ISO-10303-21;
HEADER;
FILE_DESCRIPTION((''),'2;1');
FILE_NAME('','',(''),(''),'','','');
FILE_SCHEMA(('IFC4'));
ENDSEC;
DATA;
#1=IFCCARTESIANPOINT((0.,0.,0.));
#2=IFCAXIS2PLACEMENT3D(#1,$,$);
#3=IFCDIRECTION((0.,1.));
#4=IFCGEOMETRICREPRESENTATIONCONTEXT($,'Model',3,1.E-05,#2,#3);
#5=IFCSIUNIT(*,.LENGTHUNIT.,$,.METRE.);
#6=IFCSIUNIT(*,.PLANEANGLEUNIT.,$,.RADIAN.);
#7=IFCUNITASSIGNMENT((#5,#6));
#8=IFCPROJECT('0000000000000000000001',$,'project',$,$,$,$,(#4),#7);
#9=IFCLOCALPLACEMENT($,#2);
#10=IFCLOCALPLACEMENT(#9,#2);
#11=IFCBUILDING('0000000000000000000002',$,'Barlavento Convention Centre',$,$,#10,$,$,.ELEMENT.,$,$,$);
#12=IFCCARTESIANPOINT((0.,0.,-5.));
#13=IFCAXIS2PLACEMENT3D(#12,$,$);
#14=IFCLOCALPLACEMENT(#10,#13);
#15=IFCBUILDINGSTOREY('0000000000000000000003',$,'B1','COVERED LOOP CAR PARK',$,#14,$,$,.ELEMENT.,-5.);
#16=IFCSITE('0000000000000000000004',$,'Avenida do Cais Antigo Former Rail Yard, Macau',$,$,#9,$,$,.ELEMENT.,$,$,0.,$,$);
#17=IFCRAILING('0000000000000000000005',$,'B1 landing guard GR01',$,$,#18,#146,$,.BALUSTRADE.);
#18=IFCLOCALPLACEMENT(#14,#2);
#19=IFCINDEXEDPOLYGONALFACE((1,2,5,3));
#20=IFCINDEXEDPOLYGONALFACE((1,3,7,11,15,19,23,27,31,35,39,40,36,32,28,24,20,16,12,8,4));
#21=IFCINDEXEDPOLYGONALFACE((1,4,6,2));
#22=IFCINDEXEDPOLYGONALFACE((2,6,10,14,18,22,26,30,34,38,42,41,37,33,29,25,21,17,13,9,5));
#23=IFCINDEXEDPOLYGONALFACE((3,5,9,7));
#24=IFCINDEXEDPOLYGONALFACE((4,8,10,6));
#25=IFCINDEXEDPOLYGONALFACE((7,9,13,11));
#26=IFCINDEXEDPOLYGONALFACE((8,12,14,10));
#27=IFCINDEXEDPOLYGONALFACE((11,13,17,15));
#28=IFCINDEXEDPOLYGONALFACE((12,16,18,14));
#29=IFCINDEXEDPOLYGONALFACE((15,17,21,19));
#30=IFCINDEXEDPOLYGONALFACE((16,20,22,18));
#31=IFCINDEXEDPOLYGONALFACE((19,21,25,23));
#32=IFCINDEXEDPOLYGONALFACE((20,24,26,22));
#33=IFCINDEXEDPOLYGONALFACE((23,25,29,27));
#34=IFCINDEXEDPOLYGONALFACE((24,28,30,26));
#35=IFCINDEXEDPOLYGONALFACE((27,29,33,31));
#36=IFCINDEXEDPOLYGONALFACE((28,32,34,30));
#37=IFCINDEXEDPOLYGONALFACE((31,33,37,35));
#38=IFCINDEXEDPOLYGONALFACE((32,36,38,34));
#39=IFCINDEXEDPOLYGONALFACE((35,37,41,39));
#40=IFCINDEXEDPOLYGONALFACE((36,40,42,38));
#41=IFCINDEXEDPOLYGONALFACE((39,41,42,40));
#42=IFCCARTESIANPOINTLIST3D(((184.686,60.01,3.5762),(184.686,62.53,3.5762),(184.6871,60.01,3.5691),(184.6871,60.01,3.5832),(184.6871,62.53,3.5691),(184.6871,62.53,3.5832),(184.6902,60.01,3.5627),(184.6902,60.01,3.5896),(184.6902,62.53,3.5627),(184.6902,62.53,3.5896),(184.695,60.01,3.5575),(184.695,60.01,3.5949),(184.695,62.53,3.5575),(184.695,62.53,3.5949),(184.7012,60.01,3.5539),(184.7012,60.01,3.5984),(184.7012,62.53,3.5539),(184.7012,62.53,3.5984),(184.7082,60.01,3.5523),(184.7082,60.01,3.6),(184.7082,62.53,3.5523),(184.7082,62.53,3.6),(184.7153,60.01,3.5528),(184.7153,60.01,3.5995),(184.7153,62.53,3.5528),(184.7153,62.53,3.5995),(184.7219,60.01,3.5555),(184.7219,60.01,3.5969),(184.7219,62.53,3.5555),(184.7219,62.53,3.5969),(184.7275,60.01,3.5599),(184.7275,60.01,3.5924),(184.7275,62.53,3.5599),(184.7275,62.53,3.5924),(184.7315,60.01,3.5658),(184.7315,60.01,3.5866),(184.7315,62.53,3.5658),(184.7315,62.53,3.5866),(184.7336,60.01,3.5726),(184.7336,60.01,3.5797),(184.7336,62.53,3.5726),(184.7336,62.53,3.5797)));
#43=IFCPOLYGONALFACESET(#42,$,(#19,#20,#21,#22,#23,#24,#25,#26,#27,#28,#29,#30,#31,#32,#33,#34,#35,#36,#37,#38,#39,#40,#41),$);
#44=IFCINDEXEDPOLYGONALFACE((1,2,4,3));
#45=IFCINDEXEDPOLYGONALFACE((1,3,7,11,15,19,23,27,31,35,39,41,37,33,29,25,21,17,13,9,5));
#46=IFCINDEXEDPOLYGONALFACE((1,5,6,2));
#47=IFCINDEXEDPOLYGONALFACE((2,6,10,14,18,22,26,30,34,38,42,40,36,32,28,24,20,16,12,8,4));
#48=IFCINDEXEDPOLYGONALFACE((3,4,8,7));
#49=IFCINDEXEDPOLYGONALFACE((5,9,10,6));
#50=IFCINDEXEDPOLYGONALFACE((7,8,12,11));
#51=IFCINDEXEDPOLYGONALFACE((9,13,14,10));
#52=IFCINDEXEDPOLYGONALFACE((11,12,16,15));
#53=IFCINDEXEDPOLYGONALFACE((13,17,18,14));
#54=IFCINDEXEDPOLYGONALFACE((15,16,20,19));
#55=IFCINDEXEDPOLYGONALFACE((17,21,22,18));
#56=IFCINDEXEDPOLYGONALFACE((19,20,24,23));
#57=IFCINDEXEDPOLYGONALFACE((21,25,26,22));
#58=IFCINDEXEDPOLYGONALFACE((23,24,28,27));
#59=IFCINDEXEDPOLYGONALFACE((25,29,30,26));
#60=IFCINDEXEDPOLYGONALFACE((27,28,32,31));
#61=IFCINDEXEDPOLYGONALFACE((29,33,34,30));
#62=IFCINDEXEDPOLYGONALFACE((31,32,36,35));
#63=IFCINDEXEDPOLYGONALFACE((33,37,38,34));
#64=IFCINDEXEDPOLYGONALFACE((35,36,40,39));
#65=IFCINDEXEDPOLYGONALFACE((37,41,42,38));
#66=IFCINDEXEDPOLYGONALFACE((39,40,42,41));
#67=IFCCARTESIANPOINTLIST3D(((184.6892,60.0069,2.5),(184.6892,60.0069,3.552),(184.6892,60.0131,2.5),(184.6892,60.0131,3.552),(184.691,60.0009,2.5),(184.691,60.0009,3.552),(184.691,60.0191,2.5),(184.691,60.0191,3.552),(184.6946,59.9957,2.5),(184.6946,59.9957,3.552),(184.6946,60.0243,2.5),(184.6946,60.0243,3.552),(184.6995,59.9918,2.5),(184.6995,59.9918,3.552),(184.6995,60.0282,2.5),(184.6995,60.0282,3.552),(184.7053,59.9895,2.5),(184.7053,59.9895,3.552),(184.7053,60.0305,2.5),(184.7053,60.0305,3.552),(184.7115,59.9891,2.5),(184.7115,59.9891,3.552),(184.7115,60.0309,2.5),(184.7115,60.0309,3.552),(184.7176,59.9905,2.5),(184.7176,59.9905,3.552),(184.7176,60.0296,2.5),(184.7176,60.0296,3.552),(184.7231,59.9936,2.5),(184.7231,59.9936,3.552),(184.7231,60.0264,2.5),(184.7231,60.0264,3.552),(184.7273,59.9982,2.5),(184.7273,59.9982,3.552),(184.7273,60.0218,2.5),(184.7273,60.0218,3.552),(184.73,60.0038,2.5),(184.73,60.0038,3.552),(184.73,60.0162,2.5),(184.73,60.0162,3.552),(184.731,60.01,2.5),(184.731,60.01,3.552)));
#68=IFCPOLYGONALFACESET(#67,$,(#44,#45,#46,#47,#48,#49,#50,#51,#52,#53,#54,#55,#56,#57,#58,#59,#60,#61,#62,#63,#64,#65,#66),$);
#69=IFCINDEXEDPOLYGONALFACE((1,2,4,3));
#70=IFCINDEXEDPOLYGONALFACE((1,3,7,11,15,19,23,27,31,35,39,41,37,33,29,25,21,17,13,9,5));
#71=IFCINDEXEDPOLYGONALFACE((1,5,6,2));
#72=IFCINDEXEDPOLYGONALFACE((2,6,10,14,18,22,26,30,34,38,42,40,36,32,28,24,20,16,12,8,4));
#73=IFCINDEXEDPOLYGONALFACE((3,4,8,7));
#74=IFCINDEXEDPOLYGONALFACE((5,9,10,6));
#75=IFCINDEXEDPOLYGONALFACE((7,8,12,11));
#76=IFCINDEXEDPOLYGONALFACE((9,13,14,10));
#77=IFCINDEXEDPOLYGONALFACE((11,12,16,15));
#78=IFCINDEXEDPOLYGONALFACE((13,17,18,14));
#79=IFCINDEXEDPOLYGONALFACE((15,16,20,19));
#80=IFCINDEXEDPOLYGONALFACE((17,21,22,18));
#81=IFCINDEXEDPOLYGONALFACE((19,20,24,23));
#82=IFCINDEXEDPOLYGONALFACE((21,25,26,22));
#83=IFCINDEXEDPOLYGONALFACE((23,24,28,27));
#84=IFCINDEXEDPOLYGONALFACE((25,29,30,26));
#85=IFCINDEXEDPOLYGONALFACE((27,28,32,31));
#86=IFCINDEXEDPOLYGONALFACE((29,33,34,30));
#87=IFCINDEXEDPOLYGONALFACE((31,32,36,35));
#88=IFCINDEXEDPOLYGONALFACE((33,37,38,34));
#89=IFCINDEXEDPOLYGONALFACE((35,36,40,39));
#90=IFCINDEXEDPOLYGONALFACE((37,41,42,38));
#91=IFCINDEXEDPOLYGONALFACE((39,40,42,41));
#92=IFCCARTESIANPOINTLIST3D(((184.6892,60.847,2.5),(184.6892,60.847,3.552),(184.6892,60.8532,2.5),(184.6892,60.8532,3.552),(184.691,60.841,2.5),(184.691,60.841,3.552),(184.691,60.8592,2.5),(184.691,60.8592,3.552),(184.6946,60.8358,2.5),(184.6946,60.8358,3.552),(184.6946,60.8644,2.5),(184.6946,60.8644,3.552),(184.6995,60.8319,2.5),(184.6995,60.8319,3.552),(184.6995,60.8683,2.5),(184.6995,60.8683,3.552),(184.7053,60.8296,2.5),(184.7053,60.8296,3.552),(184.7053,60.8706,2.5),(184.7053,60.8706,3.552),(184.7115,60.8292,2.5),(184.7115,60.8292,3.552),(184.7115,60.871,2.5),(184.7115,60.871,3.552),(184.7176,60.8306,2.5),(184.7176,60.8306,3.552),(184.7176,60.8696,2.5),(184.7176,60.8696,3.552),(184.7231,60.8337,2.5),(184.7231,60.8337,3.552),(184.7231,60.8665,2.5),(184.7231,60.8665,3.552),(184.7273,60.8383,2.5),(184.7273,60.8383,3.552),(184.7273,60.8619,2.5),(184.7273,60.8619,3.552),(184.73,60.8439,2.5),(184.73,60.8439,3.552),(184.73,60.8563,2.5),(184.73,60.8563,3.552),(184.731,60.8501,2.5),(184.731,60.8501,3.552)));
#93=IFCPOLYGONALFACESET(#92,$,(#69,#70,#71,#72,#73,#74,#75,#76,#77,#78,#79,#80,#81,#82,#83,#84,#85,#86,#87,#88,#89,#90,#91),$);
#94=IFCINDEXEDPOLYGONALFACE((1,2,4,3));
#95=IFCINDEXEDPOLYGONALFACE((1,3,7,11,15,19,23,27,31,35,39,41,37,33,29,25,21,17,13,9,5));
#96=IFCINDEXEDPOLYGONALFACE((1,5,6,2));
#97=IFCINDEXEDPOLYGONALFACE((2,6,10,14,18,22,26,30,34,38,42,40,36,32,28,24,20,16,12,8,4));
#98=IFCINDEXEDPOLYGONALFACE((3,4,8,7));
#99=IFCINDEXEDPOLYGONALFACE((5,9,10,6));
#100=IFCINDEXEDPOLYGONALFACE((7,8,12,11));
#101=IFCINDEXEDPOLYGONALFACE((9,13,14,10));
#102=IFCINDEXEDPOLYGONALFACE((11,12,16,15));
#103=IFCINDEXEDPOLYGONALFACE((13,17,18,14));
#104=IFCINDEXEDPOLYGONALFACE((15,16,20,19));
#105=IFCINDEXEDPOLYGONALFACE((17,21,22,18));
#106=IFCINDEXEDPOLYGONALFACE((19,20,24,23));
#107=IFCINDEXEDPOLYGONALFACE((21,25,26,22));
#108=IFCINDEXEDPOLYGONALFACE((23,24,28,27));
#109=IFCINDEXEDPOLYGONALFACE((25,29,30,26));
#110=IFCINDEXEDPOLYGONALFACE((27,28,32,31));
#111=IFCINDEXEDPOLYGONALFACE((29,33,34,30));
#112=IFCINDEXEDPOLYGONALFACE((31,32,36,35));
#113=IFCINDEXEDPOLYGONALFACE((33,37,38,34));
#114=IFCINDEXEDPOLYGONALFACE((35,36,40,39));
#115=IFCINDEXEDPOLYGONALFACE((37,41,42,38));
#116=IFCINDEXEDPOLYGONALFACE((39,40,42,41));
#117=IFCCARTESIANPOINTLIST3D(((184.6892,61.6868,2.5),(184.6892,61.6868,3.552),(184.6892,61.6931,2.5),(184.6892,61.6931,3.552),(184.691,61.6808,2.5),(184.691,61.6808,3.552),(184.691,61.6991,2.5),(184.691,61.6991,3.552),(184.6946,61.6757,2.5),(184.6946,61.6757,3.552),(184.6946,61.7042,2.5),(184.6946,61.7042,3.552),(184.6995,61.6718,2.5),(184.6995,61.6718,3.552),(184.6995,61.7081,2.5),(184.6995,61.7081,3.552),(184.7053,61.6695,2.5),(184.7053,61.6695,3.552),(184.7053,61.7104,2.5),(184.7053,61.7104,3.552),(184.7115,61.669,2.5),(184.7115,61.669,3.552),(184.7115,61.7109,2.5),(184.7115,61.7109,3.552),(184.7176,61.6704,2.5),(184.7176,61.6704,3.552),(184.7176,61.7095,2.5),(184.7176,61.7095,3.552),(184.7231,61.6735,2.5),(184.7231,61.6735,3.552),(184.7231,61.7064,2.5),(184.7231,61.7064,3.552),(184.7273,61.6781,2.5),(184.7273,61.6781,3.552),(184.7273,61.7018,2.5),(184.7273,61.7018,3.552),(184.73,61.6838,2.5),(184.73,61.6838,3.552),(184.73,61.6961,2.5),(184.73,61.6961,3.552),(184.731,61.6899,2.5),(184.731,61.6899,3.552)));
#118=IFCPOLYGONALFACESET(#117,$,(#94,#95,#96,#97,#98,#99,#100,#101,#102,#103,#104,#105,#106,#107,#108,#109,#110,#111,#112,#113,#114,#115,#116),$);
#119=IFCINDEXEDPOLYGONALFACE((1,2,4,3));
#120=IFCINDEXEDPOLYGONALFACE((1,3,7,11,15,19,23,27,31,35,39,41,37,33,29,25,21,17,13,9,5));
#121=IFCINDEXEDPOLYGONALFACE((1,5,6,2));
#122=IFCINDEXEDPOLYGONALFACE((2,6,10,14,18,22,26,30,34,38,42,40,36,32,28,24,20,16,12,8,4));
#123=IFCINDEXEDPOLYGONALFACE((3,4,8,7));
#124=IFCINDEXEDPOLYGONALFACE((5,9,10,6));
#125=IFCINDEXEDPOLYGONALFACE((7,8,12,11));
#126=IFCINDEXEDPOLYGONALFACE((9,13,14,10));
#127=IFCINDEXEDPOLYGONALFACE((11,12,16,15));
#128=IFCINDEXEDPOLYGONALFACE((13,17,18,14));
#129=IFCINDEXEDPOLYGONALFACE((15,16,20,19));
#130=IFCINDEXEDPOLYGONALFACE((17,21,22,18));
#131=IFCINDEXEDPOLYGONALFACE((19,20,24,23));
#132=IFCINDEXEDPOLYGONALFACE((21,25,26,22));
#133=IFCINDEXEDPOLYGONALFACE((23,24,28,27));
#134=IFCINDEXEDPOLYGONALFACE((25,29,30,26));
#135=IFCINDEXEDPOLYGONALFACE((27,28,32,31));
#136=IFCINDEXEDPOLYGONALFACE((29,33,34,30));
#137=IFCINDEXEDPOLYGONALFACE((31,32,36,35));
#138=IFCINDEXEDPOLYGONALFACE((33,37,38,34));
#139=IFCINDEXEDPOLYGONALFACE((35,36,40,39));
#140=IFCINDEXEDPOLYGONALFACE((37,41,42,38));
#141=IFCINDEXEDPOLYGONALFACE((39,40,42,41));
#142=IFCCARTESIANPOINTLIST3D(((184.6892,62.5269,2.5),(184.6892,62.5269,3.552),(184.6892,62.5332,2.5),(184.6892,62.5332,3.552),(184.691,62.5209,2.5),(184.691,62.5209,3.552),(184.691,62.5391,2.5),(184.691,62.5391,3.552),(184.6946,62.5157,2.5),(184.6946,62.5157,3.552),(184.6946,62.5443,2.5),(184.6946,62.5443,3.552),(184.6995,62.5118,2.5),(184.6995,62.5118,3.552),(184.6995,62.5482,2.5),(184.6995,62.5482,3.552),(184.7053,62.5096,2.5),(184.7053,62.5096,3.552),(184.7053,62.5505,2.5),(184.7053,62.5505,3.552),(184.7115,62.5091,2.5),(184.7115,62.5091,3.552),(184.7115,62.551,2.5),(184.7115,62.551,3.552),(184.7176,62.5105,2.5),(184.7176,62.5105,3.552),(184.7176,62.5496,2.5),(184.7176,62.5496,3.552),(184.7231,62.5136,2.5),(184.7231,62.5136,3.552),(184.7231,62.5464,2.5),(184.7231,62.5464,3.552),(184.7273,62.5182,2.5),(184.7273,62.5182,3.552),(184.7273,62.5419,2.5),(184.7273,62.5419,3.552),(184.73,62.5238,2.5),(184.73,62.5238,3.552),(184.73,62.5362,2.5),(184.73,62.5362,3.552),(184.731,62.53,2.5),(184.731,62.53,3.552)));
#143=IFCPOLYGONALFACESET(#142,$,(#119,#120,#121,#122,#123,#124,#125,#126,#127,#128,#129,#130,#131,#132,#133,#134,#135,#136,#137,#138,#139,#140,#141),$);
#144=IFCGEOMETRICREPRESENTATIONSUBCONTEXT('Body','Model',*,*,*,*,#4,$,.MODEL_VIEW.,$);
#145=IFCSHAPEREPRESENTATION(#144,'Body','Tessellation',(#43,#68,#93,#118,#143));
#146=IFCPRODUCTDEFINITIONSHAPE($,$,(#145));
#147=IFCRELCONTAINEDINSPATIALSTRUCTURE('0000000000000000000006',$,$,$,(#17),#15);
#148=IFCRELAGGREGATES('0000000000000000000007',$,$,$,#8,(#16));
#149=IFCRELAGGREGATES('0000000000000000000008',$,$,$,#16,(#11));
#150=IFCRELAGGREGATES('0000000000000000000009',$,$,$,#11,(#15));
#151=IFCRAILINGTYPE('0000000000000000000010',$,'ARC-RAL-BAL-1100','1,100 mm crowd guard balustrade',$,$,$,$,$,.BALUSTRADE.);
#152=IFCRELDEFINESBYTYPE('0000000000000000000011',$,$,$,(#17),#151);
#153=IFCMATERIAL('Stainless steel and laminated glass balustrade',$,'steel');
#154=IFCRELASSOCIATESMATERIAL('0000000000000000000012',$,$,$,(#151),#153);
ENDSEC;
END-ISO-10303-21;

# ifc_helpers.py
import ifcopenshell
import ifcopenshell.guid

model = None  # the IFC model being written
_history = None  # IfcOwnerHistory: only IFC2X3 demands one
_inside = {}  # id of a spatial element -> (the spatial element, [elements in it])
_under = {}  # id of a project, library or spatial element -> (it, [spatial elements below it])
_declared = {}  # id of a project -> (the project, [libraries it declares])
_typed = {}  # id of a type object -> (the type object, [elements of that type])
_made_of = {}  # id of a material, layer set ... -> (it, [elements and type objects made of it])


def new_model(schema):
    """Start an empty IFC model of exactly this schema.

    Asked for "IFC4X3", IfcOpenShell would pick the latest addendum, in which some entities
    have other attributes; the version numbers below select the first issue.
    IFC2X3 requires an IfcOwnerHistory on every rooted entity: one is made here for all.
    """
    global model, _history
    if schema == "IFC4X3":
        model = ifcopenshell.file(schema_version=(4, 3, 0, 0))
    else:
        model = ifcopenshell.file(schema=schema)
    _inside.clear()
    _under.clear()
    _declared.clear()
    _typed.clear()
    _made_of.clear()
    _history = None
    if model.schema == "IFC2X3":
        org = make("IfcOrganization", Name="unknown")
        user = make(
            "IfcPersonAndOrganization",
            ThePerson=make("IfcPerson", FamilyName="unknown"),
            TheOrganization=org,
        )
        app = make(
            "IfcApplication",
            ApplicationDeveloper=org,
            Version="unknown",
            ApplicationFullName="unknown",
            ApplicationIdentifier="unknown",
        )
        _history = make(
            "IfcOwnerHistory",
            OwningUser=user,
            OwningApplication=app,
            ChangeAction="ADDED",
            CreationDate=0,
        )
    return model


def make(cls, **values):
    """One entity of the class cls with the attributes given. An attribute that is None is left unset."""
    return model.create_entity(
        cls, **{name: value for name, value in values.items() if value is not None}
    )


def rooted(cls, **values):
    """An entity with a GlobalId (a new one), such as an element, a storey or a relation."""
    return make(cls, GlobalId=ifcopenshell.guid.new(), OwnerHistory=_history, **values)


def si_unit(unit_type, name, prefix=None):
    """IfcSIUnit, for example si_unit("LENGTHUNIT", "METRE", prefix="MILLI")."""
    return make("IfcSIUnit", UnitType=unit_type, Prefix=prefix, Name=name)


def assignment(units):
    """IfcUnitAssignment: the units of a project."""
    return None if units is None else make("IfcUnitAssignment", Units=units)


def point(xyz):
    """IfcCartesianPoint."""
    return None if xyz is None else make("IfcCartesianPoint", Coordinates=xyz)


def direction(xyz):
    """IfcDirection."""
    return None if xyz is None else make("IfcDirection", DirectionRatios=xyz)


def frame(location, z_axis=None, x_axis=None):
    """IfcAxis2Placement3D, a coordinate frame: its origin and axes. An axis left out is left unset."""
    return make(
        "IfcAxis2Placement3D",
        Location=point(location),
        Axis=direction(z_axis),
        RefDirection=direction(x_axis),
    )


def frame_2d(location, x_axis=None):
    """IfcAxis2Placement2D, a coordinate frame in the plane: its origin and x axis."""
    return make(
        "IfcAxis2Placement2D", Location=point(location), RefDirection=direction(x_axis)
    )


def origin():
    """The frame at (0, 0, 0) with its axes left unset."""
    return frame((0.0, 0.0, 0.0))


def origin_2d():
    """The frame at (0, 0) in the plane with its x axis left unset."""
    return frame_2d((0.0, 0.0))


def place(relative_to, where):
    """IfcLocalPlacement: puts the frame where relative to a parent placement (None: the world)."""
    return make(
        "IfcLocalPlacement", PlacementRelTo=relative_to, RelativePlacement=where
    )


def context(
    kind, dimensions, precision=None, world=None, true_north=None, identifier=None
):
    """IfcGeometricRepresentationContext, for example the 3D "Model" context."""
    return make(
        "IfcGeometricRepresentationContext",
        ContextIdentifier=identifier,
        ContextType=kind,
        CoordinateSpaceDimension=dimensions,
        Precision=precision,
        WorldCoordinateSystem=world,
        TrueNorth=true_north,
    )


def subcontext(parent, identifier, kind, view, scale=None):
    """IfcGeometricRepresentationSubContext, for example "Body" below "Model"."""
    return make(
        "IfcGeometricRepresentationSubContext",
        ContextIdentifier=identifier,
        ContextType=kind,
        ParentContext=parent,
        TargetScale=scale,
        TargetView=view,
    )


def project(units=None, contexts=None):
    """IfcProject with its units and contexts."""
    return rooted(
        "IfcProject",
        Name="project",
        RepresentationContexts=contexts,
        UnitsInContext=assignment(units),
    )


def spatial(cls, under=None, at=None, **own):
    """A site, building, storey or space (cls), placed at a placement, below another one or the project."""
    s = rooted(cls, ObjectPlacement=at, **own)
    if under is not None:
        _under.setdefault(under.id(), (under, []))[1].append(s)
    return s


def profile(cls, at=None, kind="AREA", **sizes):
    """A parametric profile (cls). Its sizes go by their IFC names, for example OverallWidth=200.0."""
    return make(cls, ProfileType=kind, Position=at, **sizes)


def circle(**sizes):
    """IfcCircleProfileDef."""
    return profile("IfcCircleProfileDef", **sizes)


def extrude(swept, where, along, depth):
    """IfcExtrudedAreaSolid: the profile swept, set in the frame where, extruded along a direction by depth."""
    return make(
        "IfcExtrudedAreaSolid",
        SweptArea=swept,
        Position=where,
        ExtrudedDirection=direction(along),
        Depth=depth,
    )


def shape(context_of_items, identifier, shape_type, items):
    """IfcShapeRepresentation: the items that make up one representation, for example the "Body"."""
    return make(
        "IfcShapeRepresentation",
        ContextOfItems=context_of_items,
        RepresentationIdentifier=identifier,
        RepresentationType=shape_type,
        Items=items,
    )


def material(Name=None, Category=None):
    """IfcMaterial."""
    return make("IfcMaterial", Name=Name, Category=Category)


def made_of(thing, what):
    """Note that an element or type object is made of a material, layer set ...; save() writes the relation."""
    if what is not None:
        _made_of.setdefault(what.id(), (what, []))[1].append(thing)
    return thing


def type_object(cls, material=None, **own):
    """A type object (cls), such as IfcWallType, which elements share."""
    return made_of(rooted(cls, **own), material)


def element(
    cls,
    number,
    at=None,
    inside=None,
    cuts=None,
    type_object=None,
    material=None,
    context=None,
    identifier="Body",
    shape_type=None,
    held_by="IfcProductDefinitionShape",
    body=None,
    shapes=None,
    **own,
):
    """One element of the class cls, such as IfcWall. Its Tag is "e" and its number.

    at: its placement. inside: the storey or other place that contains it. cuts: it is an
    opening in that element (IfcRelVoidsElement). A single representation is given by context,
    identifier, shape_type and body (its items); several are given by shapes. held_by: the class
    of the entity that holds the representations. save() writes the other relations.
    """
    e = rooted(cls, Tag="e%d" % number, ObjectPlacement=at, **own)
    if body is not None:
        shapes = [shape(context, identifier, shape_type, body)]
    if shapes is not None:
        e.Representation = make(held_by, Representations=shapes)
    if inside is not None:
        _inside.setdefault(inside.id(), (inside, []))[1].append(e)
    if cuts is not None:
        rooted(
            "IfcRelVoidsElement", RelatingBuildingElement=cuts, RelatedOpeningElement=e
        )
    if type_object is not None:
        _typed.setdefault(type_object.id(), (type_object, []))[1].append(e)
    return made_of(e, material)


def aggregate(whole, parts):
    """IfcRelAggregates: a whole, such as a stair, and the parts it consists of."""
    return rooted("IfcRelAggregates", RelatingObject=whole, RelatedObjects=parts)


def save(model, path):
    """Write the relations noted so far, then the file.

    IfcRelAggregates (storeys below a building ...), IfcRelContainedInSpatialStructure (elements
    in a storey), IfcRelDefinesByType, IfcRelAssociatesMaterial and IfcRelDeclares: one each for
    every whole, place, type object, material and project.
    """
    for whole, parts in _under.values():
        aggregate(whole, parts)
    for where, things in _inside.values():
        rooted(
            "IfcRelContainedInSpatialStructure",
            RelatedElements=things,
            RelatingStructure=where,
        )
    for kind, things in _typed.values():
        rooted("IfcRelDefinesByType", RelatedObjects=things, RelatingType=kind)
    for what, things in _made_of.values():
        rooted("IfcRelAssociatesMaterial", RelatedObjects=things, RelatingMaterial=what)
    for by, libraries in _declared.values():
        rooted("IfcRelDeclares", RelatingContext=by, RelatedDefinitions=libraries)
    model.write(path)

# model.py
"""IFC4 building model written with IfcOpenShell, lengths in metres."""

from ifc_helpers import new_model, si_unit, direction, frame, origin, origin_2d, place, context, subcontext, project, spatial, circle, extrude, material, type_object, element, save


model = new_model("IFC4")

# Units and contexts
model_context = context("Model", 3, precision=1e-05, world=origin(), true_north=direction((0.0, 1.0)))
body_context = subcontext(model_context, "Body", "Model", "MODEL_VIEW")
ifc_project = project(units=[si_unit("LENGTHUNIT", "METRE"), si_unit("PLANEANGLEUNIT", "RADIAN")], contexts=[model_context])

# Site, building, storey
site_placement = place(None, origin())
site = spatial("IfcSite", under=ifc_project, at=site_placement, Name="Avenida do Cais Antigo Former Rail Yard, Macau", CompositionType="ELEMENT", RefElevation=0.0)
building_placement = place(site_placement, origin())
building = spatial("IfcBuilding", under=site, at=building_placement, Name="Barlavento Convention Centre", CompositionType="ELEMENT")
storey_placement = place(building_placement, frame((0.0, 0.0, -5.0)))
storey = spatial("IfcBuildingStorey", under=building, at=storey_placement, Name="B1", Description="COVERED LOOP CAR PARK", CompositionType="ELEMENT", Elevation=-5.0)

# Railing
ifc_material_1 = material(Name="Stainless steel and laminated glass balustrade", Category="steel")
railing_type_1 = type_object("IfcRailingType", Name="ARC-RAL-BAL-1100", Description="1,100 mm crowd guard balustrade", PredefinedType="BALUSTRADE", material=ifc_material_1)
for number, where, name in (
    (1, (184.71, 60.01, 2.5), "B1 landing guard GR01"),
):
    element("IfcRailing", number, at=place(storey_placement, frame(where)), inside=storey, type_object=railing_type_1, Name=name, PredefinedType="BALUSTRADE", context=body_context, shape_type="SweptSolid", body=[
        extrude(circle(Radius=0.0239, at=origin_2d()), frame((0.0, 0.0, 1.0762), z_axis=(0.0, 1.0, 0.0), x_axis=(-1.0, 0.0, 0.0)), (0.0, 0.0, 1.0), 2.52),
        extrude(circle(Radius=0.021, at=origin_2d()), origin(), (0.0, 0.0, 1.0), 1.052),
        extrude(circle(Radius=0.021, at=origin_2d()), frame((0.0, 0.8401, 0.0)), (0.0, 0.0, 1.0), 1.052),
        extrude(circle(Radius=0.021, at=origin_2d()), frame((0.0, 1.6799, 0.0)), (0.0, 0.0, 1.0), 1.052),
        extrude(circle(Radius=0.021, at=origin_2d()), frame((0.0, 2.52, 0.0)), (0.0, 0.0, 1.0), 1.052),
    ])

save(model, "model.ifc")
